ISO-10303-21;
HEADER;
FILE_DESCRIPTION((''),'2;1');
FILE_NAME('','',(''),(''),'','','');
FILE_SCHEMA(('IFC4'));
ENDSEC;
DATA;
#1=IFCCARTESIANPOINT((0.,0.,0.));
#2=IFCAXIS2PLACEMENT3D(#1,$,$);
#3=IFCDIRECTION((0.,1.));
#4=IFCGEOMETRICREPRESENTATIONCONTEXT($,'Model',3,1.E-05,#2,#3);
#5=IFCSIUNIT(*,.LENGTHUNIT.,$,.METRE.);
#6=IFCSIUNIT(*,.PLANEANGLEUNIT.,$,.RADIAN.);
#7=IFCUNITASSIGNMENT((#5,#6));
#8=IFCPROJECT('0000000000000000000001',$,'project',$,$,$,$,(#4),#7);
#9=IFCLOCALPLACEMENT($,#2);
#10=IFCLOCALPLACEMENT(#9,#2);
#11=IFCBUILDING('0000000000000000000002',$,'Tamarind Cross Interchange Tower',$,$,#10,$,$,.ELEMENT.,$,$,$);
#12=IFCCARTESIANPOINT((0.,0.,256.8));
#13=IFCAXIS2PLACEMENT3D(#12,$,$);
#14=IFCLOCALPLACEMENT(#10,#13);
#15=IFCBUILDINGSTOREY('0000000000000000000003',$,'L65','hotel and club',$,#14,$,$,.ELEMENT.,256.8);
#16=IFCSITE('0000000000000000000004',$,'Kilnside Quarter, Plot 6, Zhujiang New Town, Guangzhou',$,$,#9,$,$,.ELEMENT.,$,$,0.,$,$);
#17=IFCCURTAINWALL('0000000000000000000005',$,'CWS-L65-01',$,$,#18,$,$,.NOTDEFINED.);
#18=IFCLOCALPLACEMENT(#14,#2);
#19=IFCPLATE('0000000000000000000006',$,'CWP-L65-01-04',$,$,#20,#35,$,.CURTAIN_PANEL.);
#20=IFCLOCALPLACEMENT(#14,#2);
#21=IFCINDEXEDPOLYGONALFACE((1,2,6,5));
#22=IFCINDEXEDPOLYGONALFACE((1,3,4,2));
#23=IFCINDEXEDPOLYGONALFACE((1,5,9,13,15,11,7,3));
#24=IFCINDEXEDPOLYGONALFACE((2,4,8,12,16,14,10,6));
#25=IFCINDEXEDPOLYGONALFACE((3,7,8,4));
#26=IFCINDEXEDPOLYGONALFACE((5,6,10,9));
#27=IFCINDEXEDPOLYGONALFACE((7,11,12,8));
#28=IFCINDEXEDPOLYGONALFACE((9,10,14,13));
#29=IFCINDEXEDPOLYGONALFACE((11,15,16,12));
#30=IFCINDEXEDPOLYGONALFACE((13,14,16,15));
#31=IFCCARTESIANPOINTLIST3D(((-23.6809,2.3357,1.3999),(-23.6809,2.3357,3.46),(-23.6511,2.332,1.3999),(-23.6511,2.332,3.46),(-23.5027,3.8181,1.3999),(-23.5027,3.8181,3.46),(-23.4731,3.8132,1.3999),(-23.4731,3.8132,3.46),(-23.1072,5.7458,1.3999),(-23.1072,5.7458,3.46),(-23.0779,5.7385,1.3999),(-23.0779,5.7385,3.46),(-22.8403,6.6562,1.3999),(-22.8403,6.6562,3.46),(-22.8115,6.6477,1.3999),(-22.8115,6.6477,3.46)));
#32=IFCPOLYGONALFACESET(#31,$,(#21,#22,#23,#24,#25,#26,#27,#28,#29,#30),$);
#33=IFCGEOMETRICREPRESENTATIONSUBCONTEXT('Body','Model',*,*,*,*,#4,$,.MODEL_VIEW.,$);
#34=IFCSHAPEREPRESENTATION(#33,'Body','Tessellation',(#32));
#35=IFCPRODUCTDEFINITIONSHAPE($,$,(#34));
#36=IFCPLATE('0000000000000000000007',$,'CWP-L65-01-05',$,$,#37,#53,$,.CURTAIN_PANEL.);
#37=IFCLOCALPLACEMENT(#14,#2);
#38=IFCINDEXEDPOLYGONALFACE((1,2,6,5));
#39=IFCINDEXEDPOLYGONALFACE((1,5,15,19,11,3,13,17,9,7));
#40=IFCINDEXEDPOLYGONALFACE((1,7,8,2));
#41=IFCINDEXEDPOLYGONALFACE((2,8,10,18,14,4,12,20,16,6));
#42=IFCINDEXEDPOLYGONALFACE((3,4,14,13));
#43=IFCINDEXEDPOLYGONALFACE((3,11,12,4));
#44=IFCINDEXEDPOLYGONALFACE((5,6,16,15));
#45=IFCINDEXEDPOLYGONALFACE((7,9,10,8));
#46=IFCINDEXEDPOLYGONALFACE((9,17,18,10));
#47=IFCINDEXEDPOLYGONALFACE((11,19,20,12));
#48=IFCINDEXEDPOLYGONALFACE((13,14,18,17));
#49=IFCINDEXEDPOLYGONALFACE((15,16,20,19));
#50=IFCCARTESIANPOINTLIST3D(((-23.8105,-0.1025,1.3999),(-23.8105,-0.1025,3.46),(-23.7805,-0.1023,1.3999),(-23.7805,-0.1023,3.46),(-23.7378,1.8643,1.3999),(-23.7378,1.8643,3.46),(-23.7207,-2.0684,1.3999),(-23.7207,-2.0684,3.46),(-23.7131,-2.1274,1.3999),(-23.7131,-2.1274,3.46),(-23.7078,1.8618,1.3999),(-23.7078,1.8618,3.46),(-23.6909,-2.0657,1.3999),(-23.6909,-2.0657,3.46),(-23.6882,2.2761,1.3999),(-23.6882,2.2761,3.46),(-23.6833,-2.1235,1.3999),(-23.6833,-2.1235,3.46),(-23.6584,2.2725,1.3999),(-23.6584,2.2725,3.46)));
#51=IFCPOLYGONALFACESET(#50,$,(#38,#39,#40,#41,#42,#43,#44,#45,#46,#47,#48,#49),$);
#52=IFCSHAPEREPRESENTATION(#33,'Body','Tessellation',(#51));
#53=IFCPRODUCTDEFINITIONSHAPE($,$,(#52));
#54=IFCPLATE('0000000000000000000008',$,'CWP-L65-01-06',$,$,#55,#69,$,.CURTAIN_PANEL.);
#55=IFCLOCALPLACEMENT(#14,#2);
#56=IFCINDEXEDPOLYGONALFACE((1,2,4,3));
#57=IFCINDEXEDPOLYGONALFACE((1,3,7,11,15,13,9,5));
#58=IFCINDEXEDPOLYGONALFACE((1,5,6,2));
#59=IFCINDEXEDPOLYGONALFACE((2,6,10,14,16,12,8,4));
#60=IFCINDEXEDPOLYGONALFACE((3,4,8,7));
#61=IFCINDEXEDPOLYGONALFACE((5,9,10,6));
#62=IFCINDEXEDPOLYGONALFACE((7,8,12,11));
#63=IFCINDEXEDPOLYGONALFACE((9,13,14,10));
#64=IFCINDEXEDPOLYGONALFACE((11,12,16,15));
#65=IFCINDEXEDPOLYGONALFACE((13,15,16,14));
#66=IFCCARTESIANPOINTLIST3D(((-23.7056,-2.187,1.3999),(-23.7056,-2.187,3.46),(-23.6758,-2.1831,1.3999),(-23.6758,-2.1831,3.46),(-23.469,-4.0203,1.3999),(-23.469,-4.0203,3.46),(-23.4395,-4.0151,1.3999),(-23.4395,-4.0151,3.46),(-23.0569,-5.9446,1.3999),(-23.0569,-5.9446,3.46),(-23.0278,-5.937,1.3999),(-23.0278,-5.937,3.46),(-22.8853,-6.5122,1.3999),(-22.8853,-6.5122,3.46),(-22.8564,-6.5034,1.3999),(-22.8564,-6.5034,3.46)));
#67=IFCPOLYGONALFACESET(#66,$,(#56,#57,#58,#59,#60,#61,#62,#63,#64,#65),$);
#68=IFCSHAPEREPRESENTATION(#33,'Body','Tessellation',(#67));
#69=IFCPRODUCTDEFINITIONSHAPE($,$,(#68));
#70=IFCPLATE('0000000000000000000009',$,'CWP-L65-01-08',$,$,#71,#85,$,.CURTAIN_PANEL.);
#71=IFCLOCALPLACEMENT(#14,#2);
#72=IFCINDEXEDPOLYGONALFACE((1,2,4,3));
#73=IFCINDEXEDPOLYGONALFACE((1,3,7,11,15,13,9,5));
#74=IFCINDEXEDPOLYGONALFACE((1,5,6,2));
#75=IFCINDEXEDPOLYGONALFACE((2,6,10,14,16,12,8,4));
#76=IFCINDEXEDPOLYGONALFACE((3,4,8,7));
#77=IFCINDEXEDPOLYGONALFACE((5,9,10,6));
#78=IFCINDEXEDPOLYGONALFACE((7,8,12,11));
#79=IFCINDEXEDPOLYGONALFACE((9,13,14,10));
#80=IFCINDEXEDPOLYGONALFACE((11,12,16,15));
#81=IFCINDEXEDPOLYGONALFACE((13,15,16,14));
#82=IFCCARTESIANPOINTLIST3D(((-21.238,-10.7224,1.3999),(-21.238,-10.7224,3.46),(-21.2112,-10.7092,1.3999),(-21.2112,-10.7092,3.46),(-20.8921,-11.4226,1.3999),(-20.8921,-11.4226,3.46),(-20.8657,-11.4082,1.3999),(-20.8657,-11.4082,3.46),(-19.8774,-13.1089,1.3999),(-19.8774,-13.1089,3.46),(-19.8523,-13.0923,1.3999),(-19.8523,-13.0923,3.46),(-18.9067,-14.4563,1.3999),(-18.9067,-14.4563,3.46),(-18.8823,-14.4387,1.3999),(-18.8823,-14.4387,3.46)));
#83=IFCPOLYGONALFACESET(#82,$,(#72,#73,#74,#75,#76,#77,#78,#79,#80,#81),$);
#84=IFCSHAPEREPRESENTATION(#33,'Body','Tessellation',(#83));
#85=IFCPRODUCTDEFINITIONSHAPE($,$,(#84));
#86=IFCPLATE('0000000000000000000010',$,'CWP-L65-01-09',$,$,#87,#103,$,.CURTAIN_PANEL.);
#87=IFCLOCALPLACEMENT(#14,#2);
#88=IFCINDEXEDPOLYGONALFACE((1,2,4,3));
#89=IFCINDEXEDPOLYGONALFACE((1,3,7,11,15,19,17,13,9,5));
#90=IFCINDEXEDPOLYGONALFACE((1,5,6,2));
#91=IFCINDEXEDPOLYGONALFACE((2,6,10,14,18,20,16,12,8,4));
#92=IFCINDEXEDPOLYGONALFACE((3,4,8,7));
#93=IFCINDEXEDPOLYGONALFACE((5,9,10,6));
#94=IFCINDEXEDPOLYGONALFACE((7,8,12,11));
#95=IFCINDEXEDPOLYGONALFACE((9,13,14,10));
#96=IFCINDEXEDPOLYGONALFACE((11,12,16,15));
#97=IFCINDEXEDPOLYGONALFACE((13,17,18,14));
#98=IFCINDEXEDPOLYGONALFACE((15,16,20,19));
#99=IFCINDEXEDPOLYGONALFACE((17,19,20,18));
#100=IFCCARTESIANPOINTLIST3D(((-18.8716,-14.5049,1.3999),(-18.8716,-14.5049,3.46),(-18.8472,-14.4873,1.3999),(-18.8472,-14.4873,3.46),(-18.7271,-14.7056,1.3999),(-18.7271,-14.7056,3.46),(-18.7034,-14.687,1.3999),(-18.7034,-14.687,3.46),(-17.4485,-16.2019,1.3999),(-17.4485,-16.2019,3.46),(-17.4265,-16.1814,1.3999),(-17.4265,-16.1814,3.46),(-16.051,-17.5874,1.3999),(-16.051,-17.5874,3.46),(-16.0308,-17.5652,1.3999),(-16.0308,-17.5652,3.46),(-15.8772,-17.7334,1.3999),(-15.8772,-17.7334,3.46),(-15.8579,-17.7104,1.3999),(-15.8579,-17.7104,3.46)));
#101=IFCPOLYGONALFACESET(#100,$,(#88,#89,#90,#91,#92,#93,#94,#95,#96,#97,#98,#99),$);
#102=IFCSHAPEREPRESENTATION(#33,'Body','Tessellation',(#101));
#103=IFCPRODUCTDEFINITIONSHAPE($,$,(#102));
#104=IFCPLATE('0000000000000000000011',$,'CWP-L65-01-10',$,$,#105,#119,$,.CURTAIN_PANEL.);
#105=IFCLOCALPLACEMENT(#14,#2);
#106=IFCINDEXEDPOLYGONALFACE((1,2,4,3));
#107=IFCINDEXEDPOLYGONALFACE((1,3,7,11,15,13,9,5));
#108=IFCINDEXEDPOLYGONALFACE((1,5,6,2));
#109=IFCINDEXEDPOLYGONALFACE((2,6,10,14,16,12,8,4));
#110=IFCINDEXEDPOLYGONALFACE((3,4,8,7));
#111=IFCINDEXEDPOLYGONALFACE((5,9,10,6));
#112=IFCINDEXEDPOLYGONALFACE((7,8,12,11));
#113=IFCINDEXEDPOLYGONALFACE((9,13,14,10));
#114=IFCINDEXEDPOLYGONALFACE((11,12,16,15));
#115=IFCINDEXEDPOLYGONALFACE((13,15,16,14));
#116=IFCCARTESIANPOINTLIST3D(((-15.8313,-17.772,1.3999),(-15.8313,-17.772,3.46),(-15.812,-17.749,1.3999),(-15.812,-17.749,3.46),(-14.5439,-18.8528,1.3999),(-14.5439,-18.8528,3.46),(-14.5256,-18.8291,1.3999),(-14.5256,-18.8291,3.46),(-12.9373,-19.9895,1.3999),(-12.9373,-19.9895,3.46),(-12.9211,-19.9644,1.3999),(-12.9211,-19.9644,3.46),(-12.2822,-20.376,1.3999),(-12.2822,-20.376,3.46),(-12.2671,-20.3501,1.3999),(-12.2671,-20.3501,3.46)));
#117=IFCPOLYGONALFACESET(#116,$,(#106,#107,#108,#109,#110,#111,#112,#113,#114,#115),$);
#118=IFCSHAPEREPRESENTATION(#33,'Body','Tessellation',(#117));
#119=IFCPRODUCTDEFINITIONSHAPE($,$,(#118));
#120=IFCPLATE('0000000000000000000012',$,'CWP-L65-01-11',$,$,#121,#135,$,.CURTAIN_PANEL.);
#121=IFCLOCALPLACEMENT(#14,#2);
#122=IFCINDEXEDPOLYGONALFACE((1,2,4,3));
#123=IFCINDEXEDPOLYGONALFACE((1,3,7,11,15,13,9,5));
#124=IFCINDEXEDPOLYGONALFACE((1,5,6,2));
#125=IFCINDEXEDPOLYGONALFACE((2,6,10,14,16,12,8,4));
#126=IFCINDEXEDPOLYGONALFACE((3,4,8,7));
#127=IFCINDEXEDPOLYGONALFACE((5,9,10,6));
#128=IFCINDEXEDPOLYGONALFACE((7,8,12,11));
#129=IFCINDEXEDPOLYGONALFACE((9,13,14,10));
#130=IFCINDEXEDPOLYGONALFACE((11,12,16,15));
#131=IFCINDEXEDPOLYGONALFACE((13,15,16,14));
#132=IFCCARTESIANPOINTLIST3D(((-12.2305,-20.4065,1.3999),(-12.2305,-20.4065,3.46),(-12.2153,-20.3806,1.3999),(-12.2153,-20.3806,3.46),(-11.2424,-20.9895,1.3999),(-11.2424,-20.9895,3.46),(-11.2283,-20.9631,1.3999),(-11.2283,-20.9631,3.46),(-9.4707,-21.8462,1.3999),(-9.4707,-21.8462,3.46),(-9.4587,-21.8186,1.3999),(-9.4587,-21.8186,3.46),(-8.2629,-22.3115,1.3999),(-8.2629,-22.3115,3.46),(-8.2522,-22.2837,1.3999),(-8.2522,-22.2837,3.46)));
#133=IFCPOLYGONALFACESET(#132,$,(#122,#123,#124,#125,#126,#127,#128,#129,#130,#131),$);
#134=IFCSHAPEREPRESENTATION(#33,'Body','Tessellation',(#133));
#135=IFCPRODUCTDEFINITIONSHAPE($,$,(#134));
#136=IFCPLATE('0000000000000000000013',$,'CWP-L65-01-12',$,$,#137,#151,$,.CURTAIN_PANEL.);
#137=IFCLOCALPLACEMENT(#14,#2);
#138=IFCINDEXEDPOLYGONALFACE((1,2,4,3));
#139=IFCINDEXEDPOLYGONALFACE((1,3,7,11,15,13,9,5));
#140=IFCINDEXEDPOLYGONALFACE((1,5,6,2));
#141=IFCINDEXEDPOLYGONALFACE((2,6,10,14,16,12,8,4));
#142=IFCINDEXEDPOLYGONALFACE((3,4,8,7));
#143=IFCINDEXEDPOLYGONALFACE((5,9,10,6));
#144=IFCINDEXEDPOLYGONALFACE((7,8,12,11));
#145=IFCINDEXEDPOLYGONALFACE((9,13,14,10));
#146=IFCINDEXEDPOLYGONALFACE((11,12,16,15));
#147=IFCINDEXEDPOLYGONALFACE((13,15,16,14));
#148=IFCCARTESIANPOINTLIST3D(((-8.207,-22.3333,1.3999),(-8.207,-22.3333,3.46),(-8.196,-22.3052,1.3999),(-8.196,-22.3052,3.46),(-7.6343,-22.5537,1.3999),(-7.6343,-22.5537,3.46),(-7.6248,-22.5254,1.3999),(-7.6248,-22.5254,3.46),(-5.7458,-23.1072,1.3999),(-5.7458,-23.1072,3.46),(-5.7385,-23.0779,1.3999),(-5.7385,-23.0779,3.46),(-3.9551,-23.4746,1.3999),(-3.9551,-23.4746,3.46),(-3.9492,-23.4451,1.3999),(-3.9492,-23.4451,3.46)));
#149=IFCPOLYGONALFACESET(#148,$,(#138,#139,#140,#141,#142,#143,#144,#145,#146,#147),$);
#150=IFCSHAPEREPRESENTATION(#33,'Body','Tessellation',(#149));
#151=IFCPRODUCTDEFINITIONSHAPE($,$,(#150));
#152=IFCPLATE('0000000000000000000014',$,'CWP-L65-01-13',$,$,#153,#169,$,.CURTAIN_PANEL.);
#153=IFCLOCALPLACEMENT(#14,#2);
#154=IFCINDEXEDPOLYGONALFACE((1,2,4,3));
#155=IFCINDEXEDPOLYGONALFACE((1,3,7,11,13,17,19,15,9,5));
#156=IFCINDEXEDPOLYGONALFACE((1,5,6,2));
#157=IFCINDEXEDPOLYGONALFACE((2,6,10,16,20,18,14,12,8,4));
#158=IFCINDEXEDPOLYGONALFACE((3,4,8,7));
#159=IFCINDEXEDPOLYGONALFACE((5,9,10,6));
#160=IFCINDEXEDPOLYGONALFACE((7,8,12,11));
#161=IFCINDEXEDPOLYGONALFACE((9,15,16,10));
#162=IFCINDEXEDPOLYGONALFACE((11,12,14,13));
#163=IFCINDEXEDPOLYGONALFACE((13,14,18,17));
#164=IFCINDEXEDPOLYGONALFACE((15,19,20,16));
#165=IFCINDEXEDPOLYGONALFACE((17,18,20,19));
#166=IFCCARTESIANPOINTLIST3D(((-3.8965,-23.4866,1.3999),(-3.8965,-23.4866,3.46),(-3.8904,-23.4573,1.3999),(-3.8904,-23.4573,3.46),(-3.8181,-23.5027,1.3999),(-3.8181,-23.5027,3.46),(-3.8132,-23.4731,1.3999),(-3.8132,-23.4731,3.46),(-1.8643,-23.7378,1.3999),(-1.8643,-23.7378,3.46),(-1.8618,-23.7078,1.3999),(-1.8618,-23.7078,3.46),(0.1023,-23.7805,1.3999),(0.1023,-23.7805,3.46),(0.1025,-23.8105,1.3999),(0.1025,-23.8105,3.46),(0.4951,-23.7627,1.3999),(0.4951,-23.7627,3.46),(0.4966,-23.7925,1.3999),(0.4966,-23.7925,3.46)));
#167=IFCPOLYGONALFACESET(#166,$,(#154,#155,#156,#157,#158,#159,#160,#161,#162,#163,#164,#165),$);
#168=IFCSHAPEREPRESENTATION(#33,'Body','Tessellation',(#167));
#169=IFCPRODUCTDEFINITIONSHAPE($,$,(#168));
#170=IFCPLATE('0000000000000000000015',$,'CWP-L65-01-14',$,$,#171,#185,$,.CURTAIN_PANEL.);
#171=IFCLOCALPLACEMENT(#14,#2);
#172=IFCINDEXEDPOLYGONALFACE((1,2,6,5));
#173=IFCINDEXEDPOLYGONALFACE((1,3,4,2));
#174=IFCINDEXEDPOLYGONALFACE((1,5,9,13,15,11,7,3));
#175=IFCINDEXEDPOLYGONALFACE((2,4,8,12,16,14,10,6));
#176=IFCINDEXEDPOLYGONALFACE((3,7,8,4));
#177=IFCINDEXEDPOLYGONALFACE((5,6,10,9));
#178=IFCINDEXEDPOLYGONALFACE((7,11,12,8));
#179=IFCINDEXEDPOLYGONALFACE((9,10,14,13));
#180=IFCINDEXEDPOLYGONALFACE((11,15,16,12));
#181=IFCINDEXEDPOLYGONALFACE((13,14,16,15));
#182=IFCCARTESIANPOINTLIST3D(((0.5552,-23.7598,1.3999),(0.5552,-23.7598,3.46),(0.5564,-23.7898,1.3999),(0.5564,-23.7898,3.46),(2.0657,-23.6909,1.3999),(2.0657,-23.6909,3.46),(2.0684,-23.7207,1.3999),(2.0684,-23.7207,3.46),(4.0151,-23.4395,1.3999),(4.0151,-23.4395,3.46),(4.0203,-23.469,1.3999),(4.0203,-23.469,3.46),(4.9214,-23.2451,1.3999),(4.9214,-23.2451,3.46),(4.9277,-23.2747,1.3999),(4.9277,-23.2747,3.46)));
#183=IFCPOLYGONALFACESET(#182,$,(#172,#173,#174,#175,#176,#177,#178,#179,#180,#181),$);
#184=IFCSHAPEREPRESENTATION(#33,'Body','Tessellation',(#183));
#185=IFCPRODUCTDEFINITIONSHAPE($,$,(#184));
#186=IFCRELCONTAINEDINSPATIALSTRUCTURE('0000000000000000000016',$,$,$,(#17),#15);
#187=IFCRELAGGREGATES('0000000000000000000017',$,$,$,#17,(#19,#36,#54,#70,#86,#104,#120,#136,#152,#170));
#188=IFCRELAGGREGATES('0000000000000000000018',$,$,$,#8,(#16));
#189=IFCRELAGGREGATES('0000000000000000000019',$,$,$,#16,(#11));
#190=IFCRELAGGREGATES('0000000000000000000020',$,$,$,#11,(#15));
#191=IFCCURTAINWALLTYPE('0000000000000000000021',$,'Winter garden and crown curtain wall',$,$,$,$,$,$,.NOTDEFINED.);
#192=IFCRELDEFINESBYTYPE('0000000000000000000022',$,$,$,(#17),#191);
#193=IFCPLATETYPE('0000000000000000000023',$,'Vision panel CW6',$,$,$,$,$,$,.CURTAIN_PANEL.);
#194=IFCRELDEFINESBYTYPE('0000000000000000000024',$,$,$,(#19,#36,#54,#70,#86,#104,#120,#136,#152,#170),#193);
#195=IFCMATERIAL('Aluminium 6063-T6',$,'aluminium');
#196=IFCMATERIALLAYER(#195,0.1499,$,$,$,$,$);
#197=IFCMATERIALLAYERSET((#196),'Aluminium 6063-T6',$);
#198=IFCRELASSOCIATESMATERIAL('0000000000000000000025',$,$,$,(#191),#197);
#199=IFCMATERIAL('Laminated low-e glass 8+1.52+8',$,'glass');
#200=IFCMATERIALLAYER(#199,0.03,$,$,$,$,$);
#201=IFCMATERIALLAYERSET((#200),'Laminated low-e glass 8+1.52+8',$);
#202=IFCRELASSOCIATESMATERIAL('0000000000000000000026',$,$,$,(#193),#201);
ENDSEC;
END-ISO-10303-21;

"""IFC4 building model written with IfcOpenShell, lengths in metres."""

from ifc_helpers import new_model, si_unit, direction, frame, origin, place, context, subcontext, project, spatial, polyline, outline, extrude, material, layer, layer_set, type_object, element, aggregate, save


model = new_model("IFC4")

# Units and contexts
model_context = context("Model", 3, precision=1e-05, world=origin(), true_north=direction((0.0, 1.0)))
body_context = subcontext(model_context, "Body", "Model", "MODEL_VIEW")
ifc_project = project(units=[si_unit("LENGTHUNIT", "METRE"), si_unit("PLANEANGLEUNIT", "RADIAN")], contexts=[model_context])

# Site, building, storey
site_placement = place(None, origin())
site = spatial("IfcSite", under=ifc_project, at=site_placement, Name="Kilnside Quarter, Plot 6, Zhujiang New Town, Guangzhou", CompositionType="ELEMENT", RefElevation=0.0)
building_placement = place(site_placement, origin())
building = spatial("IfcBuilding", under=site, at=building_placement, Name="Tamarind Cross Interchange Tower", CompositionType="ELEMENT")
storey_placement = place(building_placement, frame((0.0, 0.0, 256.8)))
storey = spatial("IfcBuildingStorey", under=building, at=storey_placement, Name="L65", Description="hotel and club", CompositionType="ELEMENT", Elevation=256.8)

# Shared definitions
ifc_material_1 = material(Name="Aluminium 6063-T6", Category="aluminium")

# Curtain wall, plates
ifc_layer_1 = layer(ifc_material_1, 0.1499)
ifc_layer_set_1 = layer_set([ifc_layer_1], Name="Aluminium 6063-T6")
curtain_wall_type_1 = type_object("IfcCurtainWallType", Name="Winter garden and crown curtain wall", PredefinedType="NOTDEFINED", material=ifc_layer_set_1)
curtain_wall_1_placement = place(storey_placement, origin())
curtain_wall_1 = element("IfcCurtainWall", 1, at=curtain_wall_1_placement, inside=storey, type_object=curtain_wall_type_1, Name="CWS-L65-01", PredefinedType="NOTDEFINED")
ifc_material_2 = material(Name="Laminated low-e glass 8+1.52+8", Category="glass")
ifc_layer_2 = layer(ifc_material_2, 0.03)
ifc_layer_set_2 = layer_set([ifc_layer_2], Name="Laminated low-e glass 8+1.52+8")
plate_type_1 = type_object("IfcPlateType", Name="Vision panel CW6", PredefinedType="CURTAIN_PANEL", material=ifc_layer_set_2)
plate_1_placement = place(storey_placement, frame((0.0, 0.0, 1.3999)))
plate_1 = element("IfcPlate", 2, at=plate_1_placement, type_object=plate_type_1, Name="CWP-L65-01-04", PredefinedType="CURTAIN_PANEL", context=body_context, shape_type="SweptSolid", body=[
    extrude(outline(polyline([(-22.8115, 6.6477), (-23.0779, 5.7385), (-23.4731, 3.8132), (-23.6511, 2.332), (-23.6809, 2.3357), (-23.5027, 3.8181), (-23.1072, 5.7458), (-22.8403, 6.6562), (-22.8115, 6.6477)])), origin(), (0.0, 0.0, 1.0), 2.0601),
])
plate_2_placement = place(storey_placement, frame((0.0, 0.0, 1.3999)))
plate_2 = element("IfcPlate", 3, at=plate_2_placement, type_object=plate_type_1, Name="CWP-L65-01-05", PredefinedType="CURTAIN_PANEL", context=body_context, shape_type="SweptSolid", body=[
    extrude(outline(polyline([(-23.6584, 2.2725), (-23.7078, 1.8618), (-23.7805, -0.1023), (-23.6909, -2.0657), (-23.6833, -2.1235), (-23.7131, -2.1274), (-23.7207, -2.0684), (-23.8105, -0.1025), (-23.7378, 1.8643), (-23.6882, 2.2761), (-23.6584, 2.2725)])), origin(), (0.0, 0.0, 1.0), 2.0601),
])
plate_3_placement = place(storey_placement, frame((0.0, 0.0, 1.3999)))
plate_3 = element("IfcPlate", 4, at=plate_3_placement, type_object=plate_type_1, Name="CWP-L65-01-06", PredefinedType="CURTAIN_PANEL", context=body_context, shape_type="SweptSolid", body=[
    extrude(outline(polyline([(-23.6758, -2.1831), (-23.4395, -4.0151), (-23.0278, -5.937), (-22.8564, -6.5034), (-22.8853, -6.5122), (-23.0569, -5.9446), (-23.469, -4.0203), (-23.7056, -2.187), (-23.6758, -2.1831)])), origin(), (0.0, 0.0, 1.0), 2.0601),
])
plate_4_placement = place(storey_placement, frame((0.0, 0.0, 1.3999)))
plate_4 = element("IfcPlate", 5, at=plate_4_placement, type_object=plate_type_1, Name="CWP-L65-01-08", PredefinedType="CURTAIN_PANEL", context=body_context, shape_type="SweptSolid", body=[
    extrude(outline(polyline([(-21.2112, -10.7092), (-20.8657, -11.4082), (-19.8523, -13.0923), (-18.8823, -14.4387), (-18.9067, -14.4563), (-19.8774, -13.1089), (-20.8921, -11.4226), (-21.238, -10.7224), (-21.2112, -10.7092)])), origin(), (0.0, 0.0, 1.0), 2.0601),
])
plate_5_placement = place(storey_placement, frame((0.0, 0.0, 1.3999)))
plate_5 = element("IfcPlate", 6, at=plate_5_placement, type_object=plate_type_1, Name="CWP-L65-01-09", PredefinedType="CURTAIN_PANEL", context=body_context, shape_type="SweptSolid", body=[
    extrude(outline(polyline([(-18.8472, -14.4873), (-18.7034, -14.687), (-17.4265, -16.1814), (-16.0308, -17.5652), (-15.8579, -17.7104), (-15.8772, -17.7334), (-16.051, -17.5874), (-17.4485, -16.2019), (-18.7271, -14.7056), (-18.8716, -14.5049), (-18.8472, -14.4873)])), origin(), (0.0, 0.0, 1.0), 2.0601),
])
plate_6_placement = place(storey_placement, frame((0.0, 0.0, 1.3999)))
plate_6 = element("IfcPlate", 7, at=plate_6_placement, type_object=plate_type_1, Name="CWP-L65-01-10", PredefinedType="CURTAIN_PANEL", context=body_context, shape_type="SweptSolid", body=[
    extrude(outline(polyline([(-15.812, -17.749), (-14.5256, -18.8291), (-12.9211, -19.9644), (-12.2671, -20.3501), (-12.2822, -20.376), (-12.9373, -19.9895), (-14.5439, -18.8528), (-15.8313, -17.772), (-15.812, -17.749)])), origin(), (0.0, 0.0, 1.0), 2.0601),
])
plate_7_placement = place(storey_placement, frame((0.0, 0.0, 1.3999)))
plate_7 = element("IfcPlate", 8, at=plate_7_placement, type_object=plate_type_1, Name="CWP-L65-01-11", PredefinedType="CURTAIN_PANEL", context=body_context, shape_type="SweptSolid", body=[
    extrude(outline(polyline([(-12.2153, -20.3806), (-11.2283, -20.9631), (-9.4587, -21.8186), (-8.2522, -22.2837), (-8.2629, -22.3115), (-9.4707, -21.8462), (-11.2424, -20.9895), (-12.2305, -20.4065), (-12.2153, -20.3806)])), origin(), (0.0, 0.0, 1.0), 2.0601),
])
plate_8_placement = place(storey_placement, frame((0.0, 0.0, 1.3999)))
plate_8 = element("IfcPlate", 9, at=plate_8_placement, type_object=plate_type_1, Name="CWP-L65-01-12", PredefinedType="CURTAIN_PANEL", context=body_context, shape_type="SweptSolid", body=[
    extrude(outline(polyline([(-8.196, -22.3052), (-7.6248, -22.5254), (-5.7385, -23.0779), (-3.9492, -23.4451), (-3.9551, -23.4746), (-5.7458, -23.1072), (-7.6343, -22.5537), (-8.207, -22.3333), (-8.196, -22.3052)])), origin(), (0.0, 0.0, 1.0), 2.0601),
])
plate_9_placement = place(storey_placement, frame((0.0, 0.0, 1.3999)))
plate_9 = element("IfcPlate", 10, at=plate_9_placement, type_object=plate_type_1, Name="CWP-L65-01-13", PredefinedType="CURTAIN_PANEL", context=body_context, shape_type="SweptSolid", body=[
    extrude(outline(polyline([(-3.8904, -23.4573), (-3.8132, -23.4731), (-1.8618, -23.7078), (0.1023, -23.7805), (0.4951, -23.7627), (0.4966, -23.7925), (0.1025, -23.8105), (-1.8643, -23.7378), (-3.8181, -23.5027), (-3.8965, -23.4866), (-3.8904, -23.4573)])), origin(), (0.0, 0.0, 1.0), 2.0601),
])
plate_10_placement = place(storey_placement, frame((0.0, 0.0, 1.3999)))
plate_10 = element("IfcPlate", 11, at=plate_10_placement, type_object=plate_type_1, Name="CWP-L65-01-14", PredefinedType="CURTAIN_PANEL", context=body_context, shape_type="SweptSolid", body=[
    extrude(outline(polyline([(0.5552, -23.7598), (2.0657, -23.6909), (4.0151, -23.4395), (4.9214, -23.2451), (4.9277, -23.2747), (4.0203, -23.469), (2.0684, -23.7207), (0.5564, -23.7898), (0.5552, -23.7598)])), origin(), (0.0, 0.0, 1.0), 2.0601),
])
aggregate(curtain_wall_1, [plate_1, plate_2, plate_3, plate_4, plate_5, plate_6, plate_7, plate_8, plate_9, plate_10])

save(model, "model.ifc")
